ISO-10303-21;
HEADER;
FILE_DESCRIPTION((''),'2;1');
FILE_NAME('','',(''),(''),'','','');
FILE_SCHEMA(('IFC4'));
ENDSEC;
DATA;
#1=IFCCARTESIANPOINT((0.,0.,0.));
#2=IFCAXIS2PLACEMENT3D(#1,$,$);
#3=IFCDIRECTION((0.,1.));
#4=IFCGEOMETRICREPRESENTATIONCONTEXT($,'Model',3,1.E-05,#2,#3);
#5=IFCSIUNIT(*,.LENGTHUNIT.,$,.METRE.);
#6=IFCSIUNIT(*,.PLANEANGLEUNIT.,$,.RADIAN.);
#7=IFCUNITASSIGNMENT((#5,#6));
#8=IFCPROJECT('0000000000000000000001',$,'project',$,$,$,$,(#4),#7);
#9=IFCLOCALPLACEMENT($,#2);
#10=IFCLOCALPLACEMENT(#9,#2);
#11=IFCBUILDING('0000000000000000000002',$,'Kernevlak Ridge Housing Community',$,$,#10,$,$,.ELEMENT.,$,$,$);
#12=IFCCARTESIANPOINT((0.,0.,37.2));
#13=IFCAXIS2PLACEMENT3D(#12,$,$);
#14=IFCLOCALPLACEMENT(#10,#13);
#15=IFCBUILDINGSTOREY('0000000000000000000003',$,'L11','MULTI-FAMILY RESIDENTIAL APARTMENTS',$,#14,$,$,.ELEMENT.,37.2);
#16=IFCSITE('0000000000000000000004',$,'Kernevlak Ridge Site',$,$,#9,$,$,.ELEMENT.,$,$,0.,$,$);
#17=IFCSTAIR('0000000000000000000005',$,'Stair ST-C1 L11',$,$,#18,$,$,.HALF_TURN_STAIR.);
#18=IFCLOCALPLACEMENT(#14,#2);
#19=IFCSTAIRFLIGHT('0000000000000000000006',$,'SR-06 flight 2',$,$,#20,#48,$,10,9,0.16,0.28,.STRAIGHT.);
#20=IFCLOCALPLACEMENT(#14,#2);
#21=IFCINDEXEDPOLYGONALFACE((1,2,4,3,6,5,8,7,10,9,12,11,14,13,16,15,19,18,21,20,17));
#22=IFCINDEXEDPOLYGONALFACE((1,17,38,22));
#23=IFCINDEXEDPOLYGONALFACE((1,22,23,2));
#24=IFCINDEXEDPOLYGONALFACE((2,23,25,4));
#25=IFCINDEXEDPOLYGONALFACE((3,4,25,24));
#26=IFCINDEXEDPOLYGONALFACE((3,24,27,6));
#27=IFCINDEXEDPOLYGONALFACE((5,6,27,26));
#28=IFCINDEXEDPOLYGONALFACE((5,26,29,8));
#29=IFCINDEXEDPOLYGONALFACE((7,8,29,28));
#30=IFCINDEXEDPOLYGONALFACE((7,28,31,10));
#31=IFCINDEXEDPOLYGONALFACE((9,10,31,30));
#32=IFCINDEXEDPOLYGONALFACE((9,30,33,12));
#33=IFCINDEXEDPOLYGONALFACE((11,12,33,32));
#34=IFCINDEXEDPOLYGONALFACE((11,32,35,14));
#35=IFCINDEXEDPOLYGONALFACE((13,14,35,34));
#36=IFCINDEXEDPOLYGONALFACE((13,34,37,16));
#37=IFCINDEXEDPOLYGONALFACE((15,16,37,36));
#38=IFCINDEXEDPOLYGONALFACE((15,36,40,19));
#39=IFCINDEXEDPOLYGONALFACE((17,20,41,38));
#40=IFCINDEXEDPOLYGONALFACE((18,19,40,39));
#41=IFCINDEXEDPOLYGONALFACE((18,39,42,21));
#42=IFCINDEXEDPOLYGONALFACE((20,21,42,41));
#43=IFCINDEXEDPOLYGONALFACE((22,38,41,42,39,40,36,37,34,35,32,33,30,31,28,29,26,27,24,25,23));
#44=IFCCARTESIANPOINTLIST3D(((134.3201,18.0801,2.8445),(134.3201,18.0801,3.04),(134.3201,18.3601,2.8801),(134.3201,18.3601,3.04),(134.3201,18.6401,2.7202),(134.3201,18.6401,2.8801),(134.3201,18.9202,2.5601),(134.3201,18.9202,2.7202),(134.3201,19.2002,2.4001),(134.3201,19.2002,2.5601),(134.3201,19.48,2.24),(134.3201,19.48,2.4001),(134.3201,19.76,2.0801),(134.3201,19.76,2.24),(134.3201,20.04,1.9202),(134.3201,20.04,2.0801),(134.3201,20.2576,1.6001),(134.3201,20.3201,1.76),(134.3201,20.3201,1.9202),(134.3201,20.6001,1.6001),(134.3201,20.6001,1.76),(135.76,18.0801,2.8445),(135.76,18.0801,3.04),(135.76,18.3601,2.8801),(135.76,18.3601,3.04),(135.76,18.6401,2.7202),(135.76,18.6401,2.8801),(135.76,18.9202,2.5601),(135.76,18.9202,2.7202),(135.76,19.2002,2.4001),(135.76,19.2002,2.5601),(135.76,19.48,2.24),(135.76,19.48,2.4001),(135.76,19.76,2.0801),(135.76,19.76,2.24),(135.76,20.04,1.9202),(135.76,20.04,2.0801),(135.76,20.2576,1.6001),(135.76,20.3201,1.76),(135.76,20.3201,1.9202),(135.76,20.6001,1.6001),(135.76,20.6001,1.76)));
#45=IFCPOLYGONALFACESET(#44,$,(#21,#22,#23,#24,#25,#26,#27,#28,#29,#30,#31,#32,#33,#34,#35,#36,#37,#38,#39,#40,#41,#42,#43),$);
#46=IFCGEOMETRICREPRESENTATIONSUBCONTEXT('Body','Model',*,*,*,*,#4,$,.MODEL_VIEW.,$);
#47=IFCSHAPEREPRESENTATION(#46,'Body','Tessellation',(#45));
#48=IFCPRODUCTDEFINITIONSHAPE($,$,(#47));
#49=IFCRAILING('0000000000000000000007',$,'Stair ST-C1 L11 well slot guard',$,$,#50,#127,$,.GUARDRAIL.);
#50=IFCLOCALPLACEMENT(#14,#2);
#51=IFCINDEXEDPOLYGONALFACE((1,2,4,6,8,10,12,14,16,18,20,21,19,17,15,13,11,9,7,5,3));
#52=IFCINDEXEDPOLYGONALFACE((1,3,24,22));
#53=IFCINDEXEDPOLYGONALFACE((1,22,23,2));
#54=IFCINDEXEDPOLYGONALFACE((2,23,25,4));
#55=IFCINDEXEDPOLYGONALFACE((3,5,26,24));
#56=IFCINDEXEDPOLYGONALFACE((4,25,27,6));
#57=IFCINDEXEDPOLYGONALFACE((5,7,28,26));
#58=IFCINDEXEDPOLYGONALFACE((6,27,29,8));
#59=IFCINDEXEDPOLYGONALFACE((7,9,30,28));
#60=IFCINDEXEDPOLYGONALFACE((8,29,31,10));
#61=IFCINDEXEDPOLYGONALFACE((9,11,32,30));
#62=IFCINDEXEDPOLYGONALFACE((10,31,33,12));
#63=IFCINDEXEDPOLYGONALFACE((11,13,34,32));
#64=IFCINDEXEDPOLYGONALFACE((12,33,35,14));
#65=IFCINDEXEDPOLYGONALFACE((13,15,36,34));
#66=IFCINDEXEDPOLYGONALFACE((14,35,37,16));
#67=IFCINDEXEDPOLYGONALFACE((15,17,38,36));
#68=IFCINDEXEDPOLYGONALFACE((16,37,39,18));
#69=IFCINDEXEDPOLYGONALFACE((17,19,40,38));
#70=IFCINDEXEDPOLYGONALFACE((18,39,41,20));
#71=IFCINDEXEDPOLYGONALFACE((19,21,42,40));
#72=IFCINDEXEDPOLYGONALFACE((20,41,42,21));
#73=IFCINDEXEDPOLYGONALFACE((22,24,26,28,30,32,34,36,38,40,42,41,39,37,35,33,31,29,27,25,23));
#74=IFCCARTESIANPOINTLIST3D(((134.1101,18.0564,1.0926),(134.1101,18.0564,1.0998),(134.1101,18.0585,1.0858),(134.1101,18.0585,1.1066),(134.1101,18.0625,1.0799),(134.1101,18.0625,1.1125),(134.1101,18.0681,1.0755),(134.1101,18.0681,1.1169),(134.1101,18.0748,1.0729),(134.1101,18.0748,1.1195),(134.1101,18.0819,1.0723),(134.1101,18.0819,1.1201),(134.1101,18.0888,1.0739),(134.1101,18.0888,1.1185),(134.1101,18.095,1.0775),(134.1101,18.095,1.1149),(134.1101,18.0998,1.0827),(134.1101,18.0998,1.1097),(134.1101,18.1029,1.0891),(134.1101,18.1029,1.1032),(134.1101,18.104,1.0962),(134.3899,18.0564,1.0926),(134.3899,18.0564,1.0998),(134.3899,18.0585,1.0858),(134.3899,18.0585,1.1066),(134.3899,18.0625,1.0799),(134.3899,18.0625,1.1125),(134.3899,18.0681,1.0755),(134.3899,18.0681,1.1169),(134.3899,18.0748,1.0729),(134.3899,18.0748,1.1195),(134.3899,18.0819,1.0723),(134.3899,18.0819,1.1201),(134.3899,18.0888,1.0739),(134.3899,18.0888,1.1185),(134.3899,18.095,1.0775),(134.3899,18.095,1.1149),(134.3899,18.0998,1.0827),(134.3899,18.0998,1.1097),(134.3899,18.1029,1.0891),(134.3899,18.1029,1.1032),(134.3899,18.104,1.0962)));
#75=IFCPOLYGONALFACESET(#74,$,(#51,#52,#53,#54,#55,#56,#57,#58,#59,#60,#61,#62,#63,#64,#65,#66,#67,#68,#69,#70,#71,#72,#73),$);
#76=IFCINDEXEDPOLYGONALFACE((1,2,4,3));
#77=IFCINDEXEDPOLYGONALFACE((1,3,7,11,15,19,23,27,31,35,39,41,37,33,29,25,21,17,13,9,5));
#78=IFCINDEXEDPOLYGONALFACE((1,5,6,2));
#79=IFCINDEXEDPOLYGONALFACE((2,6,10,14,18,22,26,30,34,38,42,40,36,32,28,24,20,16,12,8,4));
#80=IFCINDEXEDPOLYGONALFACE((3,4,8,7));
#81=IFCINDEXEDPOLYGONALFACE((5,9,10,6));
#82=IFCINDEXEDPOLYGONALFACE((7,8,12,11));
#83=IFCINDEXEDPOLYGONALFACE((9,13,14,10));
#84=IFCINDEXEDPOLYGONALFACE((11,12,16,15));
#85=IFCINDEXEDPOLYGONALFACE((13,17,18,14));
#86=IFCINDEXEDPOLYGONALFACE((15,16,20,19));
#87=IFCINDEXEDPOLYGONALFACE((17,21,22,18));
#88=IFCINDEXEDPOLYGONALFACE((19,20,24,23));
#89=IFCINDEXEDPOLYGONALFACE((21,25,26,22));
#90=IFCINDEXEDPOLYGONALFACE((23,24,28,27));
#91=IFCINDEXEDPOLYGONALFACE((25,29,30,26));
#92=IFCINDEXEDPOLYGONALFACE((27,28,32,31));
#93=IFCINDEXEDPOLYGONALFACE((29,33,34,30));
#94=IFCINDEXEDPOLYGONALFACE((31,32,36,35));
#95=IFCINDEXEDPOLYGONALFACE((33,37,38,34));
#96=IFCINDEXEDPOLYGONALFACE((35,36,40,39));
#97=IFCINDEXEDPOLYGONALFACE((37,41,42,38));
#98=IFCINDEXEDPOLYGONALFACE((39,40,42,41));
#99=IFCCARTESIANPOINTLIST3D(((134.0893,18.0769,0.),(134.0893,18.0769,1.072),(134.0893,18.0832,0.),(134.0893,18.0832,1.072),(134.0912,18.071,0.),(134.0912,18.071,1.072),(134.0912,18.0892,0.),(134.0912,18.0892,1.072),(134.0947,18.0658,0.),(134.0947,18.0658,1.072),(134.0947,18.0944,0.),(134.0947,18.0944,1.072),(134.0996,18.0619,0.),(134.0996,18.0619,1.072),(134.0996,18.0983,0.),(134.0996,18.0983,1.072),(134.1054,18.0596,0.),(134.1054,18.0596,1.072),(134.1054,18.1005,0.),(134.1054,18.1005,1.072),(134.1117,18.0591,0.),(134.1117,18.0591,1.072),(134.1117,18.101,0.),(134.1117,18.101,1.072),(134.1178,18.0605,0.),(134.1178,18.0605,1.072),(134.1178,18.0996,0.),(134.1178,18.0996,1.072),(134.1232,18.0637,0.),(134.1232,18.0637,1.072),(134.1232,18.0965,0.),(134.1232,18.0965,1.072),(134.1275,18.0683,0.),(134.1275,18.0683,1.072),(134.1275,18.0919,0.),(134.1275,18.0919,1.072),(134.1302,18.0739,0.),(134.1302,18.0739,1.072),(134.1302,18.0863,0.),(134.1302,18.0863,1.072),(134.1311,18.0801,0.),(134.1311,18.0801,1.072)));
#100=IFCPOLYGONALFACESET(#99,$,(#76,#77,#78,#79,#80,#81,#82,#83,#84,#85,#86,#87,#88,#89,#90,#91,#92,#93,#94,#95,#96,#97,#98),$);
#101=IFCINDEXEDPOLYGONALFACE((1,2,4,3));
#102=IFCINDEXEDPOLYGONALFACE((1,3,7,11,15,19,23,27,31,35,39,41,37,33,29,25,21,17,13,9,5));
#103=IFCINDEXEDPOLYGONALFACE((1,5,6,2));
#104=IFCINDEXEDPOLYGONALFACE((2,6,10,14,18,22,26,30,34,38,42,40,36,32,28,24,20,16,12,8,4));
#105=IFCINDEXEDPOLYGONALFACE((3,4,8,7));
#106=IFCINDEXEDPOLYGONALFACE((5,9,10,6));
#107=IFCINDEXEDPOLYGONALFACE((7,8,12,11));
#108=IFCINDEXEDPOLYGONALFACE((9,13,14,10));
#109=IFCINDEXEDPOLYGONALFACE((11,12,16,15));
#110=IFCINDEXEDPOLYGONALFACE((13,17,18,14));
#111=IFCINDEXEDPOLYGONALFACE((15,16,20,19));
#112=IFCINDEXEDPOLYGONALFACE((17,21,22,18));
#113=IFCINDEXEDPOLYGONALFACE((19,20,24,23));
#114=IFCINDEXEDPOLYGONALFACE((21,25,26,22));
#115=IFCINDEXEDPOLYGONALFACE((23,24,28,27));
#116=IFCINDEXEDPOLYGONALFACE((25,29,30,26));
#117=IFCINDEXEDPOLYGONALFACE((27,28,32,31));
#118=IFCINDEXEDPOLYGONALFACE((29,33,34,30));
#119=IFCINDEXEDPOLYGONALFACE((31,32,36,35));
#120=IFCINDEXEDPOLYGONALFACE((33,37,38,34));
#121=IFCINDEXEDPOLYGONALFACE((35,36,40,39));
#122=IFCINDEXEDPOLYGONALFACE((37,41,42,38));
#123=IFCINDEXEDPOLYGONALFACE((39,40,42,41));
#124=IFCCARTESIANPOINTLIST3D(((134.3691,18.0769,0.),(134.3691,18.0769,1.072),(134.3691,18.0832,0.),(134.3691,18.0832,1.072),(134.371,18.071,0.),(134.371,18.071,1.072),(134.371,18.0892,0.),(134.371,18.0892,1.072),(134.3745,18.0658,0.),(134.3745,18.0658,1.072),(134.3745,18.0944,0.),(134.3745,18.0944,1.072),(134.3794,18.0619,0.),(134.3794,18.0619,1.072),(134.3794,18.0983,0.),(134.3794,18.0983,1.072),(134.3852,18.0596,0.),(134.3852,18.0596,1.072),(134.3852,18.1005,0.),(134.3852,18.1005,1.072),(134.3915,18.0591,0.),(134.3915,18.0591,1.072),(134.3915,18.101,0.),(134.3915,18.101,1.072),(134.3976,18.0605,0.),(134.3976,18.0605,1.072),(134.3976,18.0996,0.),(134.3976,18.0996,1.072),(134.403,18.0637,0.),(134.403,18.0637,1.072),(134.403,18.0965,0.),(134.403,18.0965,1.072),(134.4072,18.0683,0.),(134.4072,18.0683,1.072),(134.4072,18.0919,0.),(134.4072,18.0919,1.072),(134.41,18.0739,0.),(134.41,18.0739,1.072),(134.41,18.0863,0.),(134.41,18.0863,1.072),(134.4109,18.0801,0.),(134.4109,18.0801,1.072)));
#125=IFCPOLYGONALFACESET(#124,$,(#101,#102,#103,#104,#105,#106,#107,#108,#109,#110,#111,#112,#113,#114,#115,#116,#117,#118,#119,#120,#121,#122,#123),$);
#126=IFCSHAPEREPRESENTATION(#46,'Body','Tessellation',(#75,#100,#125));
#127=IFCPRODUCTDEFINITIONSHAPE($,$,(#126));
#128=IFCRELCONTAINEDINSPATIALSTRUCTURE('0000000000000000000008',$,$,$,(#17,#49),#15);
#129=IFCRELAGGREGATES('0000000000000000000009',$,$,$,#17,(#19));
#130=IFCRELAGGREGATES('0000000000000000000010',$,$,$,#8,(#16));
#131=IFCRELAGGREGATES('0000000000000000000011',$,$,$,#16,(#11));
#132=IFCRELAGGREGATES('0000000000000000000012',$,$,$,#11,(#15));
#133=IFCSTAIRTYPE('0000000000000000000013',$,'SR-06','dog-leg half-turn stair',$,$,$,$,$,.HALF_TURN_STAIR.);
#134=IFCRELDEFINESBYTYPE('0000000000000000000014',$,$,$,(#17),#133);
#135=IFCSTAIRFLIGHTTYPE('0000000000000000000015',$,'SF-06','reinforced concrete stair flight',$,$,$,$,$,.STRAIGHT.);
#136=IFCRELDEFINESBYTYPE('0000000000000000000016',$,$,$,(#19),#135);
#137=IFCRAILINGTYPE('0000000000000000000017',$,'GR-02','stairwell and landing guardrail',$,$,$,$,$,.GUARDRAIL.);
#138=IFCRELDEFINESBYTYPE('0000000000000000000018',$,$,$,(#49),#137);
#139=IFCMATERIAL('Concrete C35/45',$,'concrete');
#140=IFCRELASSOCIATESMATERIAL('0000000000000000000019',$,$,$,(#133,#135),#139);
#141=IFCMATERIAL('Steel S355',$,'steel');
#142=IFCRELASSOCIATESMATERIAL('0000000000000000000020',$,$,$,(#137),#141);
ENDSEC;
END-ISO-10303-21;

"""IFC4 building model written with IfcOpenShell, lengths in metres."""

from ifc_helpers import new_model, si_unit, direction, frame, origin, origin_2d, place, context, subcontext, project, spatial, polyline, circle, outline, extrude, material, type_object, element, aggregate, save


model = new_model("IFC4")

# Units and contexts
model_context = context("Model", 3, precision=1e-05, world=origin(), true_north=direction((0.0, 1.0)))
body_context = subcontext(model_context, "Body", "Model", "MODEL_VIEW")
ifc_project = project(units=[si_unit("LENGTHUNIT", "METRE"), si_unit("PLANEANGLEUNIT", "RADIAN")], contexts=[model_context])

# Site, building, storey
site_placement = place(None, origin())
site = spatial("IfcSite", under=ifc_project, at=site_placement, Name="Kernevlak Ridge Site", CompositionType="ELEMENT", RefElevation=0.0)
building_placement = place(site_placement, origin())
building = spatial("IfcBuilding", under=site, at=building_placement, Name="Kernevlak Ridge Housing Community", CompositionType="ELEMENT")
storey_placement = place(building_placement, frame((0.0, 0.0, 37.2)))
storey = spatial("IfcBuildingStorey", under=building, at=storey_placement, Name="L11", Description="MULTI-FAMILY RESIDENTIAL APARTMENTS", CompositionType="ELEMENT", Elevation=37.2)

# Shared definitions
ifc_material_1 = material(Name="Concrete C35/45", Category="concrete")

# Stair, stair flight
stair_type = type_object("IfcStairType", Name="SR-06", Description="dog-leg half-turn stair", PredefinedType="HALF_TURN_STAIR", material=ifc_material_1)
stair_placement = place(storey_placement, origin())
stair = element("IfcStair", 1, at=stair_placement, inside=storey, type_object=stair_type, Name="Stair ST-C1 L11", PredefinedType="HALF_TURN_STAIR")
stair_flight_type = type_object("IfcStairFlightType", Name="SF-06", Description="reinforced concrete stair flight", PredefinedType="STRAIGHT", material=ifc_material_1)
stair_flight_1_placement = place(storey_placement, frame((135.04, 20.6001, 1.6001), z_axis=(0.0, 0.0, 1.0), x_axis=(0.0, -1.0, 0.0)))
stair_flight_1 = element("IfcStairFlight", 2, at=stair_flight_1_placement, type_object=stair_flight_type, Name="SR-06 flight 2", NumberOfRisers=10, NumberOfTreads=9, PredefinedType="STRAIGHT", RiserHeight=0.16, TreadLength=0.28, context=body_context, shape_type="SweptSolid", body=[
    extrude(outline(polyline([(0.0, 0.0), (0.0, 0.1599), (0.28, 0.1599), (0.28, 0.3201), (0.5601, 0.3201), (0.5601, 0.48), (0.8401, 0.48), (0.8401, 0.6399), (1.1201, 0.6399), (1.1201, 0.8), (1.3999, 0.8), (1.3999, 0.96), (1.6799, 0.96), (1.6799, 1.1201), (1.96, 1.1201), (1.96, 1.28), (2.24, 1.28), (2.24, 1.4399), (2.52, 1.4399), (2.52, 1.6001), (2.52, 1.2444), (0.3425, 0.0), (0.0, 0.0)])), frame((0.0, 0.72, 0.0), z_axis=(0.0, -1.0, 0.0), x_axis=(1.0, 0.0, 0.0)), (0.0, 0.0, 1.0), 1.4399),
])
aggregate(stair, [stair_flight_1])

# Railing
ifc_material_2 = material(Name="Steel S355", Category="steel")
railing_type_1 = type_object("IfcRailingType", Name="GR-02", Description="stairwell and landing guardrail", PredefinedType="GUARDRAIL", material=ifc_material_2)
railing_1_placement = place(storey_placement, frame((134.1101, 18.0801, 0.0)))
element("IfcRailing", 3, at=railing_1_placement, inside=storey, type_object=railing_type_1, Name="Stair ST-C1 L11 well slot guard", PredefinedType="GUARDRAIL", context=body_context, shape_type="SweptSolid", body=[
    extrude(circle(Radius=0.0239, at=origin_2d()), frame((0.0, 0.0, 1.0962), z_axis=(1.0, 0.0, 0.0), x_axis=(0.0, 1.0, 0.0)), (0.0, 0.0, 1.0), 0.2798),
    extrude(circle(Radius=0.021, at=origin_2d()), origin(), (0.0, 0.0, 1.0), 1.072),
    extrude(circle(Radius=0.021, at=origin_2d()), frame((0.2798, 0.0, 0.0)), (0.0, 0.0, 1.0), 1.072),
])

save(model, "model.ifc")
